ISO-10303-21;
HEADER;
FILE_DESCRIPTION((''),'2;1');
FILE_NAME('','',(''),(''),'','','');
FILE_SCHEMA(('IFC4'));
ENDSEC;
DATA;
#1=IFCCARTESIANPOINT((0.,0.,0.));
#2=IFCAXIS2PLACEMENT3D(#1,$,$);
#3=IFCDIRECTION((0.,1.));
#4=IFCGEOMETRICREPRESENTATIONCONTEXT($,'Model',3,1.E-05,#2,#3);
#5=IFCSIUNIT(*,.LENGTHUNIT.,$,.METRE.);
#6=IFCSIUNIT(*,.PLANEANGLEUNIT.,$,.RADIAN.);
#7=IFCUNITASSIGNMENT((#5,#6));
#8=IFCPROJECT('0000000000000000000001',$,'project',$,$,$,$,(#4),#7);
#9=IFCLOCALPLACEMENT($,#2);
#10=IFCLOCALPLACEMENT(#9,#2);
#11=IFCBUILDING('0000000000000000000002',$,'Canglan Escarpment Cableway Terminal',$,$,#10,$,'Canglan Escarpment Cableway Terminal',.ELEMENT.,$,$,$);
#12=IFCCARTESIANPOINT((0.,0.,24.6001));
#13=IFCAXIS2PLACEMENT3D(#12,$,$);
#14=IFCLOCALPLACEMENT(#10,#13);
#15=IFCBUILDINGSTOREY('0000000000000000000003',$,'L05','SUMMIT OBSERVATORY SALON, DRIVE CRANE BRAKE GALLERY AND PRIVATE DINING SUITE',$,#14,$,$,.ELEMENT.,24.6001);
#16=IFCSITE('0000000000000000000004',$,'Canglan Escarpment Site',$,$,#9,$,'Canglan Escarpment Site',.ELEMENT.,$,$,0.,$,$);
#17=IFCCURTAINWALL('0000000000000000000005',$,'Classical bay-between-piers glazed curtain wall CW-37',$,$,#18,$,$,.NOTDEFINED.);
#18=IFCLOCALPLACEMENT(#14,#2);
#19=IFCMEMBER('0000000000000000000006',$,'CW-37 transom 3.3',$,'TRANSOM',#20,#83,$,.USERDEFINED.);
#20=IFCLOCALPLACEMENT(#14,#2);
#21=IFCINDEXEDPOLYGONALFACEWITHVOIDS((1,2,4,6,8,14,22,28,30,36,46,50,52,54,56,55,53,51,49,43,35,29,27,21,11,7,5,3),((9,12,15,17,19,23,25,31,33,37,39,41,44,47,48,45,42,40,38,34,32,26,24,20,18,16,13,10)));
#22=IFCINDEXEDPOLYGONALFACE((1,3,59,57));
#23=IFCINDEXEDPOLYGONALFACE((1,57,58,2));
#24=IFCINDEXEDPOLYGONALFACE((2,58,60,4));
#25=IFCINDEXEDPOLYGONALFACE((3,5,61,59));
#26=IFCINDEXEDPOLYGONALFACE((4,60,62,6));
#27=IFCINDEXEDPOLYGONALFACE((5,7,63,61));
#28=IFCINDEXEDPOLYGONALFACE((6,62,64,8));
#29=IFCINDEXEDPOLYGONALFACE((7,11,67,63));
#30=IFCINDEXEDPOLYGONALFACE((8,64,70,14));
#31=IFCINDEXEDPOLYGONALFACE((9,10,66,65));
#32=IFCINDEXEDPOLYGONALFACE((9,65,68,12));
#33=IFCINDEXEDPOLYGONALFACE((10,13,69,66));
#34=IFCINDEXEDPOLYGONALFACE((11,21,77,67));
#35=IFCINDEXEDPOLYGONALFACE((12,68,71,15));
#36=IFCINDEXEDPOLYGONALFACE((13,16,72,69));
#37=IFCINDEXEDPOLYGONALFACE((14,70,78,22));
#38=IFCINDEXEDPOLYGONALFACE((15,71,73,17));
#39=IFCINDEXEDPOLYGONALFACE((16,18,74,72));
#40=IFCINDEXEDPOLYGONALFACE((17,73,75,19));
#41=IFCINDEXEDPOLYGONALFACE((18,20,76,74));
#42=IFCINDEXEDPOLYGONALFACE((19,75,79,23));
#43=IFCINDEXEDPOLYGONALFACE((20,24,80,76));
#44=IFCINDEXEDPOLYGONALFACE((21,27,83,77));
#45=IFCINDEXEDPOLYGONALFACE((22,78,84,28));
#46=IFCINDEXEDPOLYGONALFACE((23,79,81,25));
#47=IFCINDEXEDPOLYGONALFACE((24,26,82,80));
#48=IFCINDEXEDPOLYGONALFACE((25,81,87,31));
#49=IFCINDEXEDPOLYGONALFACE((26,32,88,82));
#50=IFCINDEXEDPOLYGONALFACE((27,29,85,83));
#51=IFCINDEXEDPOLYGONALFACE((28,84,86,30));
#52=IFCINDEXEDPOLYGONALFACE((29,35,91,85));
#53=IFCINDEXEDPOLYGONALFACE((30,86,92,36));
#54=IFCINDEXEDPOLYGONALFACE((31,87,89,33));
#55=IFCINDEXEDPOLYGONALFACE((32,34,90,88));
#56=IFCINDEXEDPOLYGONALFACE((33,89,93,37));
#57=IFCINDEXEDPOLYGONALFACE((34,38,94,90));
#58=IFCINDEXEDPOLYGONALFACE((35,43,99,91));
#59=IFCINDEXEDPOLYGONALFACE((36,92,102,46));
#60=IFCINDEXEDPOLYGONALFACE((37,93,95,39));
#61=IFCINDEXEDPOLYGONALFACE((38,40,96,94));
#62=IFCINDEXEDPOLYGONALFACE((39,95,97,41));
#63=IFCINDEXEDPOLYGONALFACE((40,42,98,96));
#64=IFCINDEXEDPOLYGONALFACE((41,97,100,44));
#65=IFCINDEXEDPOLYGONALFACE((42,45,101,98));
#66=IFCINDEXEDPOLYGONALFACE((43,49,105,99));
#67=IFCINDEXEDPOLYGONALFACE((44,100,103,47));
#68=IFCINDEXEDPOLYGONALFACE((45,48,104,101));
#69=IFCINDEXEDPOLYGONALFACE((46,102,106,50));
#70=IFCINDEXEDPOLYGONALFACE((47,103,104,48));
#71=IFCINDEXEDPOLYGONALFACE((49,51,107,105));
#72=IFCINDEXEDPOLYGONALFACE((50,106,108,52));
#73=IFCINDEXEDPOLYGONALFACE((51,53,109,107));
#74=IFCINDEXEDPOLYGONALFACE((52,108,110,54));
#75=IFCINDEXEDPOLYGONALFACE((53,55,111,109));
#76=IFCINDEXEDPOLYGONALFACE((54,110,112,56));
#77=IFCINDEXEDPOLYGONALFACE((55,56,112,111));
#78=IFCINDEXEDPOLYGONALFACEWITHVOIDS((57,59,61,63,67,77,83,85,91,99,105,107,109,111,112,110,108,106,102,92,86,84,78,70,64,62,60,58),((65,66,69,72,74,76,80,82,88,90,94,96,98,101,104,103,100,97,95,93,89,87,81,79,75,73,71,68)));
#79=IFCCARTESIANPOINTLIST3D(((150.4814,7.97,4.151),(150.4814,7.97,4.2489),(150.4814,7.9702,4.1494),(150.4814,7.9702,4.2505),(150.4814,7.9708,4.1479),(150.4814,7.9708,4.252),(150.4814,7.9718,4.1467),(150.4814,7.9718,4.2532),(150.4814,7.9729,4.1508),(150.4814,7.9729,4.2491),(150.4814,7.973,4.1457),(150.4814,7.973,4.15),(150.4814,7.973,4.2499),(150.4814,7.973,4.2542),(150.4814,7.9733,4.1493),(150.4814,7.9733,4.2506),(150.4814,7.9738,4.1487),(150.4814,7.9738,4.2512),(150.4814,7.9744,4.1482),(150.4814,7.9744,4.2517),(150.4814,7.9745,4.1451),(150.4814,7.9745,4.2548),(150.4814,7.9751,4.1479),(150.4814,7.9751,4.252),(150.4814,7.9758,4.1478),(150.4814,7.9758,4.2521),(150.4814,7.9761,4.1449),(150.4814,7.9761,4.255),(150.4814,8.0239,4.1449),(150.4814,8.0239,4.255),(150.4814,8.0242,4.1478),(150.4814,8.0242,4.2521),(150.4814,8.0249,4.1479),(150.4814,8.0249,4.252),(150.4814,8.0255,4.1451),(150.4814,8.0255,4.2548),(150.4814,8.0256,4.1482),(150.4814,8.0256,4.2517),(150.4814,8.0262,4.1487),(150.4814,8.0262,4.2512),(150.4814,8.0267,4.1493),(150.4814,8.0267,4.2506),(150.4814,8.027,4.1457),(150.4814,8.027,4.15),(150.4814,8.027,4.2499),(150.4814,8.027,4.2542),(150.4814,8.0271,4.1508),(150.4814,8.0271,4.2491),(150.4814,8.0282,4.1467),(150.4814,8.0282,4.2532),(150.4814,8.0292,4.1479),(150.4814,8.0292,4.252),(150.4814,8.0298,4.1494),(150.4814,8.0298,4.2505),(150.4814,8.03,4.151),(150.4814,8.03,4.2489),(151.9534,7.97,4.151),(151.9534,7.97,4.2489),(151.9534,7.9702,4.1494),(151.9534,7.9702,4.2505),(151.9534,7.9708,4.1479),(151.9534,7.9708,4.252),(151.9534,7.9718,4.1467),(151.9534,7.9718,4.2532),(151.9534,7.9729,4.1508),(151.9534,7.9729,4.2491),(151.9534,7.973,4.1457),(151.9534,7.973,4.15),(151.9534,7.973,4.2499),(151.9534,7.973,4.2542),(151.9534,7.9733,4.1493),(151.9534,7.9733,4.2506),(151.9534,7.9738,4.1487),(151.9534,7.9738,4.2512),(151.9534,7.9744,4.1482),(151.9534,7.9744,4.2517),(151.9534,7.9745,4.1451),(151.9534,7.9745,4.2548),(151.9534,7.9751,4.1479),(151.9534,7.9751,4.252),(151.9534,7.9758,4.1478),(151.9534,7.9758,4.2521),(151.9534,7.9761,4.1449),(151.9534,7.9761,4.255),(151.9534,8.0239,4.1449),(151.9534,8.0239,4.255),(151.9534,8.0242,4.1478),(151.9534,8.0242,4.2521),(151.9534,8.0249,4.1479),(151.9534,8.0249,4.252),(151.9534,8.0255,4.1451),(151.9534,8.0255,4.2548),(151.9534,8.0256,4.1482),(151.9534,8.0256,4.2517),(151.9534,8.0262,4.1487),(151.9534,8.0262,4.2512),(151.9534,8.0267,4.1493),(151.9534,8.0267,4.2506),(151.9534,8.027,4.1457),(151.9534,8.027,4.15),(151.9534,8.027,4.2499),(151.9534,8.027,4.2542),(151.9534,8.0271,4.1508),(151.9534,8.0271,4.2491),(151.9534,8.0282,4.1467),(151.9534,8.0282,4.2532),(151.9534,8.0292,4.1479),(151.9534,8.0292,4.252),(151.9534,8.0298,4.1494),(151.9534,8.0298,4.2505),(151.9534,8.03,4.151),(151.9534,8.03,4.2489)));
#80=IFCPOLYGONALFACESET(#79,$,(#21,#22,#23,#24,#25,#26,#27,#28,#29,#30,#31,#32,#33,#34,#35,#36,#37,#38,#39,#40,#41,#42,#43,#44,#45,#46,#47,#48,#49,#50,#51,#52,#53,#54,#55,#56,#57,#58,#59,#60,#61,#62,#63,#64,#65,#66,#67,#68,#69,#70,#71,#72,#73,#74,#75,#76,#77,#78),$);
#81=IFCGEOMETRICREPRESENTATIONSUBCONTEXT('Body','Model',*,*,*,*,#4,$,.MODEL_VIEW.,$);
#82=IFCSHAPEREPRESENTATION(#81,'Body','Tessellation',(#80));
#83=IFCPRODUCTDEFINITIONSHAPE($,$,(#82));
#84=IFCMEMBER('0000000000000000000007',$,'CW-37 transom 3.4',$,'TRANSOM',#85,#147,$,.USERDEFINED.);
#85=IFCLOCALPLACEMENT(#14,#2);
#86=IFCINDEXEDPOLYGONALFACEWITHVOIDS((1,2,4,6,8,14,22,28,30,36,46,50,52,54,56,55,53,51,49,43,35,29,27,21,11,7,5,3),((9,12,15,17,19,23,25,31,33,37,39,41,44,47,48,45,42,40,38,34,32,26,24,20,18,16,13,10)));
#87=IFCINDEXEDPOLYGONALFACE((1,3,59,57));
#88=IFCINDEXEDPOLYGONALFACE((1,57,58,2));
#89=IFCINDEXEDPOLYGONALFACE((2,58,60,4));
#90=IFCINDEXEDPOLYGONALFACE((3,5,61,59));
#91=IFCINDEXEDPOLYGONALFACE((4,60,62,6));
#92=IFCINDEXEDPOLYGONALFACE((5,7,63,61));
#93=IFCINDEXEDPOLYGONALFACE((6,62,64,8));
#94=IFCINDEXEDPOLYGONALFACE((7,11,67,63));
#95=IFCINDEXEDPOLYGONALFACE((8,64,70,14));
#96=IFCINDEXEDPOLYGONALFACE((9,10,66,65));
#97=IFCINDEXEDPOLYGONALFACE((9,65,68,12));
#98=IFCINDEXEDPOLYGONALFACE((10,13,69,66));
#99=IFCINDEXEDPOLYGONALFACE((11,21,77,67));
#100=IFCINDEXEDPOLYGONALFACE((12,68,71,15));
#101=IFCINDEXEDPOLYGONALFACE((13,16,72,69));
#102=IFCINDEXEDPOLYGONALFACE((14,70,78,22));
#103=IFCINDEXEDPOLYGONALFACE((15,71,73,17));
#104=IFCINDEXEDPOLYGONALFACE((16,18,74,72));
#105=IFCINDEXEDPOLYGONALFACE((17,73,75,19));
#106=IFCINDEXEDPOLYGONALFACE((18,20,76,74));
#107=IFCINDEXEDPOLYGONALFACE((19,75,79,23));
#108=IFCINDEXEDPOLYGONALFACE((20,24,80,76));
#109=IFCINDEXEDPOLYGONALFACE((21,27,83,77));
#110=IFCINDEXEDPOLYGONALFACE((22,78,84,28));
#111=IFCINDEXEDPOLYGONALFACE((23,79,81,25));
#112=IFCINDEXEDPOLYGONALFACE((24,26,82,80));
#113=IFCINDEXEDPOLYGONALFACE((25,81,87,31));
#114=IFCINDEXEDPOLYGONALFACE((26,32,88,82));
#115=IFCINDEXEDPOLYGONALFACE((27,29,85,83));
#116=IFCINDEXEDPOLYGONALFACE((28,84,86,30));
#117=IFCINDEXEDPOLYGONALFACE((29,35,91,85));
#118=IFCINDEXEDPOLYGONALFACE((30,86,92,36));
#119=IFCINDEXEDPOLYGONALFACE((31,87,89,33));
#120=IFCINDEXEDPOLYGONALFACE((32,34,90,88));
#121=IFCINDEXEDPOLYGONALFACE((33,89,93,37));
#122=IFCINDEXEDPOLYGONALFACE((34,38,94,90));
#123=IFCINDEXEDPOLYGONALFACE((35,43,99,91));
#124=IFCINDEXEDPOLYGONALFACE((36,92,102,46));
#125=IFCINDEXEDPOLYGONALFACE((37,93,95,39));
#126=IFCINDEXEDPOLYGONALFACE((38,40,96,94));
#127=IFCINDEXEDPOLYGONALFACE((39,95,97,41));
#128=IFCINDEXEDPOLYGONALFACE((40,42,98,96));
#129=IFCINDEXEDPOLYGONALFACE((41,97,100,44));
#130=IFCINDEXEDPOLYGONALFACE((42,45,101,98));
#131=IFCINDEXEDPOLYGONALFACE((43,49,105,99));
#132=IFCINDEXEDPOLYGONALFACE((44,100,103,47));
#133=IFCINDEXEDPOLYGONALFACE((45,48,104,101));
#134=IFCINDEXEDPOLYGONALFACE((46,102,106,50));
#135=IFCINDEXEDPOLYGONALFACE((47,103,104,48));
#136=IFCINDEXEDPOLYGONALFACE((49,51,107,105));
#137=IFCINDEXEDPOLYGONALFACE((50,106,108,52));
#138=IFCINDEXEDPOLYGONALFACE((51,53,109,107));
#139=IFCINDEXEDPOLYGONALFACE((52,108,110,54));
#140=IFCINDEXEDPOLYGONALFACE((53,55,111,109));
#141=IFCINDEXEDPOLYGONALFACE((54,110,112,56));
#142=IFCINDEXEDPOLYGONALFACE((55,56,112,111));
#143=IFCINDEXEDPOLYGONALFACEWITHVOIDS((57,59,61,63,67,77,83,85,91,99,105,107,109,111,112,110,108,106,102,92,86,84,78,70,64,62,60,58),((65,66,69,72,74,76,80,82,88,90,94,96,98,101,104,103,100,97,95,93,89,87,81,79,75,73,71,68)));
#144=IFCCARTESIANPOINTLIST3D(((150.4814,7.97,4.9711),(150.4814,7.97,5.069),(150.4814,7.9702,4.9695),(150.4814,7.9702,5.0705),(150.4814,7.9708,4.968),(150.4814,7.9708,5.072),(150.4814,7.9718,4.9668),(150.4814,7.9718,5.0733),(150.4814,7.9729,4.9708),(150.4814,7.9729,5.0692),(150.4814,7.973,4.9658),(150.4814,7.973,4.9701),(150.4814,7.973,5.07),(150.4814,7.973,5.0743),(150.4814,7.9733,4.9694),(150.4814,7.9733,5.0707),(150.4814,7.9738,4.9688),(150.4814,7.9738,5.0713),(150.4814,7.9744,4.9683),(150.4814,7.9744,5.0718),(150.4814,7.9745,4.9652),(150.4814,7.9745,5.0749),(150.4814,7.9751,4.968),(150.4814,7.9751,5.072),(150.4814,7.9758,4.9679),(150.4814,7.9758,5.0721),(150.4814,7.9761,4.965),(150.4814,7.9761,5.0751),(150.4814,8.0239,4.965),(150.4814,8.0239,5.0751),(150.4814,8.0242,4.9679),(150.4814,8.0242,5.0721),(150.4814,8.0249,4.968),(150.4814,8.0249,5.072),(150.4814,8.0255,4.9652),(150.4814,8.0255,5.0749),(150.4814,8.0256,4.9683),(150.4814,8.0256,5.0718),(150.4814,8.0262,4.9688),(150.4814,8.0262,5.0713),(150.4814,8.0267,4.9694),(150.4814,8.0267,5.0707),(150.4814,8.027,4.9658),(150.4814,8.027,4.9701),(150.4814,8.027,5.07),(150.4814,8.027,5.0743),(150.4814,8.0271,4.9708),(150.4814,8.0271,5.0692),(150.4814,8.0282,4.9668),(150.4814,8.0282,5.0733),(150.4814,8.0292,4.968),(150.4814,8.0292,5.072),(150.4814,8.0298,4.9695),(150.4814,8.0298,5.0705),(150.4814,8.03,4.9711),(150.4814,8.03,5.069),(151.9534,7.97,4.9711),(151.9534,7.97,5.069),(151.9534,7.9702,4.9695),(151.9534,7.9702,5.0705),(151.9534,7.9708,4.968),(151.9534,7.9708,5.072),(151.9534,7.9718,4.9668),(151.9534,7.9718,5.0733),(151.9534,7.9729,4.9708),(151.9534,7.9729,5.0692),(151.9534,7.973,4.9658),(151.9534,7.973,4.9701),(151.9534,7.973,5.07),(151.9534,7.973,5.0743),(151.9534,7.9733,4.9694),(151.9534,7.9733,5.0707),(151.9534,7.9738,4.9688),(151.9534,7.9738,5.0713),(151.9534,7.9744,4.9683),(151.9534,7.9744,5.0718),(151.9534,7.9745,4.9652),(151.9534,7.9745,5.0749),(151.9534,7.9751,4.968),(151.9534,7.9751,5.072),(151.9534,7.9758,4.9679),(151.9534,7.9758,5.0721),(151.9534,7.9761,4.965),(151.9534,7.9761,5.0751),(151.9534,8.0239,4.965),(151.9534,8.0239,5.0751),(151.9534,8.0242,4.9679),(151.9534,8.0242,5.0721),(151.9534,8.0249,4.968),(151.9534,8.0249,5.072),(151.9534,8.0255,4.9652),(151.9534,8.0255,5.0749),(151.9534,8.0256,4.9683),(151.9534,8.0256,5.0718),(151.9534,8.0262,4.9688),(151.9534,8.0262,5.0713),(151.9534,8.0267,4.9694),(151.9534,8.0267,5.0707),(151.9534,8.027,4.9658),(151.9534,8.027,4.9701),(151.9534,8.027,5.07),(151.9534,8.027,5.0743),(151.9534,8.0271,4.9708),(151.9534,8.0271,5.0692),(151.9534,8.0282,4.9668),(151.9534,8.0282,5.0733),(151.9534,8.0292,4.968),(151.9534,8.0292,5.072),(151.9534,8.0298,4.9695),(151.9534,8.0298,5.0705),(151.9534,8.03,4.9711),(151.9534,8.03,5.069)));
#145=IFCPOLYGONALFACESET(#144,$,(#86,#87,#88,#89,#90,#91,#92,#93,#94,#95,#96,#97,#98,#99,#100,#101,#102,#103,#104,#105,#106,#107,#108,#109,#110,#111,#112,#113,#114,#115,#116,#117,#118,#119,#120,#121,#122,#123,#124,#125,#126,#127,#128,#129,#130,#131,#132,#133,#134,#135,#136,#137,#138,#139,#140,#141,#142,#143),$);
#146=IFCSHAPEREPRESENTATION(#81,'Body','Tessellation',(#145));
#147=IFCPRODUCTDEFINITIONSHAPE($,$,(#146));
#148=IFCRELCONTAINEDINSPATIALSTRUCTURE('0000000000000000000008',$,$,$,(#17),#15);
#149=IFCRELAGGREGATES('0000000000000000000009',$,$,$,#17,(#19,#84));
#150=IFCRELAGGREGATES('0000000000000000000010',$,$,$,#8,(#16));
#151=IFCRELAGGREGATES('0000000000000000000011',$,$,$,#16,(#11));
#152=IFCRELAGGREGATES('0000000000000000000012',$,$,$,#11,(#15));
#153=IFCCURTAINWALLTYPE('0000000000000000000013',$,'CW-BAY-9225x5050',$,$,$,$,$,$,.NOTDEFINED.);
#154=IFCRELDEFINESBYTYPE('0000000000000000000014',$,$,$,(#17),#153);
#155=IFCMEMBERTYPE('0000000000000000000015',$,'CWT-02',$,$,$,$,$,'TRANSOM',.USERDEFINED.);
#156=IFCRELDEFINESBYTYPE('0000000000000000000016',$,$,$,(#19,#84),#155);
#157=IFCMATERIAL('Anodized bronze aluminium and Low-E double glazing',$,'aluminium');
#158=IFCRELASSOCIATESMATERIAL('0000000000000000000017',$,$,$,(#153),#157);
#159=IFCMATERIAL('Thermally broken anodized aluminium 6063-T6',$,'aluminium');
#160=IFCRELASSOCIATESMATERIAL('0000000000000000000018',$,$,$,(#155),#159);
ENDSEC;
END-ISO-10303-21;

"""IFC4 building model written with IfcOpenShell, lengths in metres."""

from ifc_helpers import new_model, si_unit, direction, frame, origin, origin_2d, place, context, subcontext, project, spatial, hollow_rectangle, extrude, material, material_profile, profile_set, type_object, element, aggregate, save


model = new_model("IFC4")

# Units and contexts
model_context = context("Model", 3, precision=1e-05, world=origin(), true_north=direction((0.0, 1.0)))
body_context = subcontext(model_context, "Body", "Model", "MODEL_VIEW")
ifc_project = project(units=[si_unit("LENGTHUNIT", "METRE"), si_unit("PLANEANGLEUNIT", "RADIAN")], contexts=[model_context])

# Site, building, storey
site_placement = place(None, origin())
site = spatial("IfcSite", under=ifc_project, at=site_placement, Name="Canglan Escarpment Site", LongName="Canglan Escarpment Site", CompositionType="ELEMENT", RefElevation=0.0)
building_placement = place(site_placement, origin())
building = spatial("IfcBuilding", under=site, at=building_placement, Name="Canglan Escarpment Cableway Terminal", LongName="Canglan Escarpment Cableway Terminal", CompositionType="ELEMENT")
storey_placement = place(building_placement, frame((0.0, 0.0, 24.6001)))
storey = spatial("IfcBuildingStorey", under=building, at=storey_placement, Name="L05", Description="SUMMIT OBSERVATORY SALON, DRIVE CRANE BRAKE GALLERY AND PRIVATE DINING SUITE", CompositionType="ELEMENT", Elevation=24.6001)

# Curtain wall, members
ifc_material_1 = material(Name="Anodized bronze aluminium and Low-E double glazing", Category="aluminium")
curtain_wall_type = type_object("IfcCurtainWallType", Name="CW-BAY-9225x5050", PredefinedType="NOTDEFINED", material=ifc_material_1)
curtain_wall_placement = place(storey_placement, origin())
curtain_wall = element("IfcCurtainWall", 1, at=curtain_wall_placement, inside=storey, type_object=curtain_wall_type, Name="Classical bay-between-piers glazed curtain wall CW-37", PredefinedType="NOTDEFINED")
ifc_material_2 = material(Name="Thermally broken anodized aluminium 6063-T6", Category="aluminium")
ifc_material_profile_1 = material_profile(ifc_material_2, hollow_rectangle(XDim=0.0601, YDim=0.1101, WallThickness=0.0029, InnerFilletRadius=0.0029, OuterFilletRadius=0.0061, at=origin_2d()), Name="ALU-TRAN 60x110x3")
ifc_profile_set_1 = profile_set([ifc_material_profile_1], Name="Thermally broken anodized aluminium 6063-T6")
member_type_1 = type_object("IfcMemberType", Name="CWT-02", ElementType="TRANSOM", PredefinedType="USERDEFINED", material=ifc_profile_set_1)
member_1_placement = place(storey_placement, frame((150.4814, 8.0, 4.2), z_axis=(1.0, 0.0, 0.0), x_axis=(0.0, 1.0, 0.0)))
member_1 = element("IfcMember", 2, at=member_1_placement, type_object=member_type_1, Name="CW-37 transom 3.3", ObjectType="TRANSOM", PredefinedType="USERDEFINED", context=body_context, shape_type="SweptSolid", body=[
    extrude(hollow_rectangle(XDim=0.0601, YDim=0.1101, WallThickness=0.0029, InnerFilletRadius=0.0029, OuterFilletRadius=0.0061, at=origin_2d()), origin(), (0.0, 0.0, 1.0), 1.4719),
])
member_2_placement = place(storey_placement, frame((150.4814, 8.0, 5.02), z_axis=(1.0, 0.0, 0.0), x_axis=(0.0, 1.0, 0.0)))
member_2 = element("IfcMember", 3, at=member_2_placement, type_object=member_type_1, Name="CW-37 transom 3.4", ObjectType="TRANSOM", PredefinedType="USERDEFINED", context=body_context, shape_type="SweptSolid", body=[
    extrude(hollow_rectangle(XDim=0.0601, YDim=0.1101, WallThickness=0.0029, InnerFilletRadius=0.0029, OuterFilletRadius=0.0061, at=origin_2d()), origin(), (0.0, 0.0, 1.0), 1.4719),
])

aggregate(curtain_wall, [member_1, member_2])

save(model, "model.ifc")
